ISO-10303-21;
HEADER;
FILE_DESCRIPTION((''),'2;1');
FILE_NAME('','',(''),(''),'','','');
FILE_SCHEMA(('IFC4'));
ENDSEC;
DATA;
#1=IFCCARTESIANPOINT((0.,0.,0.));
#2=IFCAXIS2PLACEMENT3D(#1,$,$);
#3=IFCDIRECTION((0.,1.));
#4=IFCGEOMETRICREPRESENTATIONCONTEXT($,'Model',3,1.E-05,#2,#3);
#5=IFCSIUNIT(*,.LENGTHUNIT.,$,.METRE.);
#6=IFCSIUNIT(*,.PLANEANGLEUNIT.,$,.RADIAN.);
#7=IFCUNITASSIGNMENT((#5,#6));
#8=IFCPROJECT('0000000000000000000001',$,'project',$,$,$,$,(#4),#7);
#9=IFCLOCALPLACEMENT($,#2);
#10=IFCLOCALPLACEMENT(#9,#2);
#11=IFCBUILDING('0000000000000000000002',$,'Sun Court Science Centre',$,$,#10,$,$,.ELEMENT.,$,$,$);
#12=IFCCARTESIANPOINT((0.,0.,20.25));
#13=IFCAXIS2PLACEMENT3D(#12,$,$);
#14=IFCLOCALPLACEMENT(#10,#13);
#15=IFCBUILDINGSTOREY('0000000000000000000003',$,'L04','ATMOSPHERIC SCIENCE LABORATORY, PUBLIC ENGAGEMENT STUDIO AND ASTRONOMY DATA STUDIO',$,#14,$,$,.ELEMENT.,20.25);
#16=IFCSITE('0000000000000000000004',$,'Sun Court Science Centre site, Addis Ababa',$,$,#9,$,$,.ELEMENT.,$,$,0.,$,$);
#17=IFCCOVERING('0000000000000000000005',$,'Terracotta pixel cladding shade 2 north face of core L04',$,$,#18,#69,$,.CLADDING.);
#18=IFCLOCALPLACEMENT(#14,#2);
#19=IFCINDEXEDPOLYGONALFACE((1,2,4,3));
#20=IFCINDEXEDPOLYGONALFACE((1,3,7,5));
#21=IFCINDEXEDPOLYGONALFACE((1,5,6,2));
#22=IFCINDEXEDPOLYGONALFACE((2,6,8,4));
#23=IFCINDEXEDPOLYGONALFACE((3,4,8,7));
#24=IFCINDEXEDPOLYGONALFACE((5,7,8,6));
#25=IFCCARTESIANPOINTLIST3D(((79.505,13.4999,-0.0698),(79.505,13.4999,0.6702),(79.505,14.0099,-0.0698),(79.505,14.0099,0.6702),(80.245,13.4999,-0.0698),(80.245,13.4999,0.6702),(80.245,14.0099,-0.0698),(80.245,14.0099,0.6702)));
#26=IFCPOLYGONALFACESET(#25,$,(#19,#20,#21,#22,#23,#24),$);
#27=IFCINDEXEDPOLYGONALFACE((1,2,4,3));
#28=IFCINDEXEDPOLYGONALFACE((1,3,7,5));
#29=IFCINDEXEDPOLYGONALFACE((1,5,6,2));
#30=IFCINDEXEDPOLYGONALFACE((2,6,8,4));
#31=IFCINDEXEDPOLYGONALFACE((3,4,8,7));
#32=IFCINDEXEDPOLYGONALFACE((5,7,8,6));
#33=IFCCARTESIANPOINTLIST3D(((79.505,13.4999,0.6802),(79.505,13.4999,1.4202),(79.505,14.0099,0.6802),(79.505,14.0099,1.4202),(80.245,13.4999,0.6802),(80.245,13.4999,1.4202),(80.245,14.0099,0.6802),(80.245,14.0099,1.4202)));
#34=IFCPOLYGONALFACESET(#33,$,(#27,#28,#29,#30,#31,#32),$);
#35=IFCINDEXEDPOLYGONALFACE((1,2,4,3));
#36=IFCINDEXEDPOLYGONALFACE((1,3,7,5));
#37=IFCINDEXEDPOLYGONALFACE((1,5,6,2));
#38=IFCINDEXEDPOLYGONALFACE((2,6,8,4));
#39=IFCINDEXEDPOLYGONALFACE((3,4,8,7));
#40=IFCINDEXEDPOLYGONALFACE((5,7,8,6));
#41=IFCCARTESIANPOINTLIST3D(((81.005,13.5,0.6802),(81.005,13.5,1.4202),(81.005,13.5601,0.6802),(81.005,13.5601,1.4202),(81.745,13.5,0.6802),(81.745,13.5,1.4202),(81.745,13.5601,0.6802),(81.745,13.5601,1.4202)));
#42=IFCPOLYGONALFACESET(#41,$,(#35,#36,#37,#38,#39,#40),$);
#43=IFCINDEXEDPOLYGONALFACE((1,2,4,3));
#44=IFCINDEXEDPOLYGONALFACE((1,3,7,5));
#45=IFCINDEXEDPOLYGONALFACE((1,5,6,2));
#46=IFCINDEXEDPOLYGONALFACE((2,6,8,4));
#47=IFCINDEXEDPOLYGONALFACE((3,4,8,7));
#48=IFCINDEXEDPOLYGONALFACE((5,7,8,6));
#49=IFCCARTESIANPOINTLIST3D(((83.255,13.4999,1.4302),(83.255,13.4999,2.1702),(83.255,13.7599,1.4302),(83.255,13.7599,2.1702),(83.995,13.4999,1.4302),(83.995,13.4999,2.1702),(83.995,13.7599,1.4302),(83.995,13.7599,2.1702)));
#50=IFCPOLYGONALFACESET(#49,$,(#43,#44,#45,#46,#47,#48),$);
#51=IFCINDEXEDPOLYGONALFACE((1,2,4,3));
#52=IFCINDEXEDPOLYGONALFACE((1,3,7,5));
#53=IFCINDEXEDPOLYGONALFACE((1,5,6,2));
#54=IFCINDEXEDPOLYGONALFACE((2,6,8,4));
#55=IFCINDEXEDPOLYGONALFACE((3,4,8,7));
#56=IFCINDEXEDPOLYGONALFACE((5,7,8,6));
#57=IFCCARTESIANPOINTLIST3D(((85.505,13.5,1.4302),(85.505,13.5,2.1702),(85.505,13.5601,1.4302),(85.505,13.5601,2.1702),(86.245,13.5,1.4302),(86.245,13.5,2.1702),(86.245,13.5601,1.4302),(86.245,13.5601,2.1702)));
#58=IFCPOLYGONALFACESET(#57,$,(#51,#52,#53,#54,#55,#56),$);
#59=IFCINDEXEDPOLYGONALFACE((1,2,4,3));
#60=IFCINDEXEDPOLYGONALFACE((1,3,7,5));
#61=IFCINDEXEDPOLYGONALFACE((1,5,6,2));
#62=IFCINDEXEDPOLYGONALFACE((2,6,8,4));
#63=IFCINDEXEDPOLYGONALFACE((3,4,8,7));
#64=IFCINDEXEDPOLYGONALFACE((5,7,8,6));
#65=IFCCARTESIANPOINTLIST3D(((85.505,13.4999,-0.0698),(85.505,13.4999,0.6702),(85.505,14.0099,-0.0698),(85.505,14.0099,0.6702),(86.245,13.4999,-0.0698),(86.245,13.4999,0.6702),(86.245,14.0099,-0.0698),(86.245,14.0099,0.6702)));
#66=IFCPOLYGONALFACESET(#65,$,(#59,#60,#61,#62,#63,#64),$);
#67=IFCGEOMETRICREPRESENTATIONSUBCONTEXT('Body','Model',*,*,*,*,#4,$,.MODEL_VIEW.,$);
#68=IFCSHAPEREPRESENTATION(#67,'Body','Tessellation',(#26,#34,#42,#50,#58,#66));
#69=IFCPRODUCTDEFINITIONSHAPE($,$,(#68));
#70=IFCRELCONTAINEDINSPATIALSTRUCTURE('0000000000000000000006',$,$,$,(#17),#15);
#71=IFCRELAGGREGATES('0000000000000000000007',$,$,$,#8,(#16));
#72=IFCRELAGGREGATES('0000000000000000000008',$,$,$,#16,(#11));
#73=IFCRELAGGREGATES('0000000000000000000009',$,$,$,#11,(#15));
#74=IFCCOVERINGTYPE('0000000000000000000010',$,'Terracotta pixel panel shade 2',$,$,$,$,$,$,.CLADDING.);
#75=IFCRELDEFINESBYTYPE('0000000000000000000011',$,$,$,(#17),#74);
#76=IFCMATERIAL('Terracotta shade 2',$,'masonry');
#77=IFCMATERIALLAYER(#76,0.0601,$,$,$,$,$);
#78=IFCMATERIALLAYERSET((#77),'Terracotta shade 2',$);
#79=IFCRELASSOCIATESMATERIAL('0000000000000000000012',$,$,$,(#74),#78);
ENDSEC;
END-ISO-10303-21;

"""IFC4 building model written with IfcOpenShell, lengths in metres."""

from ifc_helpers import new_model, si_unit, direction, frame, origin, origin_2d, place, context, subcontext, project, spatial, rectangle, extrude, material, layer, layer_set, type_object, element, save


model = new_model("IFC4")

# Units and contexts
model_context = context("Model", 3, precision=1e-05, world=origin(), true_north=direction((0.0, 1.0)))
body_context = subcontext(model_context, "Body", "Model", "MODEL_VIEW")
ifc_project = project(units=[si_unit("LENGTHUNIT", "METRE"), si_unit("PLANEANGLEUNIT", "RADIAN")], contexts=[model_context])

# Site, building, storey
site_placement = place(None, origin())
site = spatial("IfcSite", under=ifc_project, at=site_placement, Name="Sun Court Science Centre site, Addis Ababa", CompositionType="ELEMENT", RefElevation=0.0)
building_placement = place(site_placement, origin())
building = spatial("IfcBuilding", under=site, at=building_placement, Name="Sun Court Science Centre", CompositionType="ELEMENT")
storey_placement = place(building_placement, frame((0.0, 0.0, 20.25)))
storey = spatial("IfcBuildingStorey", under=building, at=storey_placement, Name="L04", Description="ATMOSPHERIC SCIENCE LABORATORY, PUBLIC ENGAGEMENT STUDIO AND ASTRONOMY DATA STUDIO", CompositionType="ELEMENT", Elevation=20.25)

# Covering
ifc_material_1 = material(Name="Terracotta shade 2", Category="masonry")
ifc_layer_1 = layer(ifc_material_1, 0.0601)
ifc_layer_set_1 = layer_set([ifc_layer_1], Name="Terracotta shade 2")
covering_type_1 = type_object("IfcCoveringType", Name="Terracotta pixel panel shade 2", PredefinedType="CLADDING", material=ifc_layer_set_1)
covering_1_placement = place(storey_placement, frame((0.0, 0.0, -20.25)))
element("IfcCovering", 1, at=covering_1_placement, inside=storey, type_object=covering_type_1, Name="Terracotta pixel cladding shade 2 north face of core L04", PredefinedType="CLADDING", context=body_context, shape_type="SweptSolid", body=[
    extrude(rectangle(XDim=0.74, YDim=0.51, at=origin_2d()), frame((79.875, 13.7549, 20.1802), z_axis=(0.0, 0.0, 1.0), x_axis=(1.0, 0.0, 0.0)), (0.0, 0.0, 1.0), 0.74),
    extrude(rectangle(XDim=0.74, YDim=0.51, at=origin_2d()), frame((79.875, 13.7549, 20.9302), z_axis=(0.0, 0.0, 1.0), x_axis=(1.0, 0.0, 0.0)), (0.0, 0.0, 1.0), 0.74),
    extrude(rectangle(XDim=0.74, YDim=0.0601, at=origin_2d()), frame((81.375, 13.53, 20.9302), z_axis=(0.0, 0.0, 1.0), x_axis=(1.0, 0.0, 0.0)), (0.0, 0.0, 1.0), 0.74),
    extrude(rectangle(XDim=0.74, YDim=0.26, at=origin_2d()), frame((83.625, 13.6299, 21.6802), z_axis=(0.0, 0.0, 1.0), x_axis=(1.0, 0.0, 0.0)), (0.0, 0.0, 1.0), 0.74),
    extrude(rectangle(XDim=0.74, YDim=0.0601, at=origin_2d()), frame((85.875, 13.53, 21.6802), z_axis=(0.0, 0.0, 1.0), x_axis=(1.0, 0.0, 0.0)), (0.0, 0.0, 1.0), 0.74),
    extrude(rectangle(XDim=0.74, YDim=0.51, at=origin_2d()), frame((85.875, 13.7549, 20.1802), z_axis=(0.0, 0.0, 1.0), x_axis=(1.0, 0.0, 0.0)), (0.0, 0.0, 1.0), 0.74),
])

save(model, "model.ifc")
